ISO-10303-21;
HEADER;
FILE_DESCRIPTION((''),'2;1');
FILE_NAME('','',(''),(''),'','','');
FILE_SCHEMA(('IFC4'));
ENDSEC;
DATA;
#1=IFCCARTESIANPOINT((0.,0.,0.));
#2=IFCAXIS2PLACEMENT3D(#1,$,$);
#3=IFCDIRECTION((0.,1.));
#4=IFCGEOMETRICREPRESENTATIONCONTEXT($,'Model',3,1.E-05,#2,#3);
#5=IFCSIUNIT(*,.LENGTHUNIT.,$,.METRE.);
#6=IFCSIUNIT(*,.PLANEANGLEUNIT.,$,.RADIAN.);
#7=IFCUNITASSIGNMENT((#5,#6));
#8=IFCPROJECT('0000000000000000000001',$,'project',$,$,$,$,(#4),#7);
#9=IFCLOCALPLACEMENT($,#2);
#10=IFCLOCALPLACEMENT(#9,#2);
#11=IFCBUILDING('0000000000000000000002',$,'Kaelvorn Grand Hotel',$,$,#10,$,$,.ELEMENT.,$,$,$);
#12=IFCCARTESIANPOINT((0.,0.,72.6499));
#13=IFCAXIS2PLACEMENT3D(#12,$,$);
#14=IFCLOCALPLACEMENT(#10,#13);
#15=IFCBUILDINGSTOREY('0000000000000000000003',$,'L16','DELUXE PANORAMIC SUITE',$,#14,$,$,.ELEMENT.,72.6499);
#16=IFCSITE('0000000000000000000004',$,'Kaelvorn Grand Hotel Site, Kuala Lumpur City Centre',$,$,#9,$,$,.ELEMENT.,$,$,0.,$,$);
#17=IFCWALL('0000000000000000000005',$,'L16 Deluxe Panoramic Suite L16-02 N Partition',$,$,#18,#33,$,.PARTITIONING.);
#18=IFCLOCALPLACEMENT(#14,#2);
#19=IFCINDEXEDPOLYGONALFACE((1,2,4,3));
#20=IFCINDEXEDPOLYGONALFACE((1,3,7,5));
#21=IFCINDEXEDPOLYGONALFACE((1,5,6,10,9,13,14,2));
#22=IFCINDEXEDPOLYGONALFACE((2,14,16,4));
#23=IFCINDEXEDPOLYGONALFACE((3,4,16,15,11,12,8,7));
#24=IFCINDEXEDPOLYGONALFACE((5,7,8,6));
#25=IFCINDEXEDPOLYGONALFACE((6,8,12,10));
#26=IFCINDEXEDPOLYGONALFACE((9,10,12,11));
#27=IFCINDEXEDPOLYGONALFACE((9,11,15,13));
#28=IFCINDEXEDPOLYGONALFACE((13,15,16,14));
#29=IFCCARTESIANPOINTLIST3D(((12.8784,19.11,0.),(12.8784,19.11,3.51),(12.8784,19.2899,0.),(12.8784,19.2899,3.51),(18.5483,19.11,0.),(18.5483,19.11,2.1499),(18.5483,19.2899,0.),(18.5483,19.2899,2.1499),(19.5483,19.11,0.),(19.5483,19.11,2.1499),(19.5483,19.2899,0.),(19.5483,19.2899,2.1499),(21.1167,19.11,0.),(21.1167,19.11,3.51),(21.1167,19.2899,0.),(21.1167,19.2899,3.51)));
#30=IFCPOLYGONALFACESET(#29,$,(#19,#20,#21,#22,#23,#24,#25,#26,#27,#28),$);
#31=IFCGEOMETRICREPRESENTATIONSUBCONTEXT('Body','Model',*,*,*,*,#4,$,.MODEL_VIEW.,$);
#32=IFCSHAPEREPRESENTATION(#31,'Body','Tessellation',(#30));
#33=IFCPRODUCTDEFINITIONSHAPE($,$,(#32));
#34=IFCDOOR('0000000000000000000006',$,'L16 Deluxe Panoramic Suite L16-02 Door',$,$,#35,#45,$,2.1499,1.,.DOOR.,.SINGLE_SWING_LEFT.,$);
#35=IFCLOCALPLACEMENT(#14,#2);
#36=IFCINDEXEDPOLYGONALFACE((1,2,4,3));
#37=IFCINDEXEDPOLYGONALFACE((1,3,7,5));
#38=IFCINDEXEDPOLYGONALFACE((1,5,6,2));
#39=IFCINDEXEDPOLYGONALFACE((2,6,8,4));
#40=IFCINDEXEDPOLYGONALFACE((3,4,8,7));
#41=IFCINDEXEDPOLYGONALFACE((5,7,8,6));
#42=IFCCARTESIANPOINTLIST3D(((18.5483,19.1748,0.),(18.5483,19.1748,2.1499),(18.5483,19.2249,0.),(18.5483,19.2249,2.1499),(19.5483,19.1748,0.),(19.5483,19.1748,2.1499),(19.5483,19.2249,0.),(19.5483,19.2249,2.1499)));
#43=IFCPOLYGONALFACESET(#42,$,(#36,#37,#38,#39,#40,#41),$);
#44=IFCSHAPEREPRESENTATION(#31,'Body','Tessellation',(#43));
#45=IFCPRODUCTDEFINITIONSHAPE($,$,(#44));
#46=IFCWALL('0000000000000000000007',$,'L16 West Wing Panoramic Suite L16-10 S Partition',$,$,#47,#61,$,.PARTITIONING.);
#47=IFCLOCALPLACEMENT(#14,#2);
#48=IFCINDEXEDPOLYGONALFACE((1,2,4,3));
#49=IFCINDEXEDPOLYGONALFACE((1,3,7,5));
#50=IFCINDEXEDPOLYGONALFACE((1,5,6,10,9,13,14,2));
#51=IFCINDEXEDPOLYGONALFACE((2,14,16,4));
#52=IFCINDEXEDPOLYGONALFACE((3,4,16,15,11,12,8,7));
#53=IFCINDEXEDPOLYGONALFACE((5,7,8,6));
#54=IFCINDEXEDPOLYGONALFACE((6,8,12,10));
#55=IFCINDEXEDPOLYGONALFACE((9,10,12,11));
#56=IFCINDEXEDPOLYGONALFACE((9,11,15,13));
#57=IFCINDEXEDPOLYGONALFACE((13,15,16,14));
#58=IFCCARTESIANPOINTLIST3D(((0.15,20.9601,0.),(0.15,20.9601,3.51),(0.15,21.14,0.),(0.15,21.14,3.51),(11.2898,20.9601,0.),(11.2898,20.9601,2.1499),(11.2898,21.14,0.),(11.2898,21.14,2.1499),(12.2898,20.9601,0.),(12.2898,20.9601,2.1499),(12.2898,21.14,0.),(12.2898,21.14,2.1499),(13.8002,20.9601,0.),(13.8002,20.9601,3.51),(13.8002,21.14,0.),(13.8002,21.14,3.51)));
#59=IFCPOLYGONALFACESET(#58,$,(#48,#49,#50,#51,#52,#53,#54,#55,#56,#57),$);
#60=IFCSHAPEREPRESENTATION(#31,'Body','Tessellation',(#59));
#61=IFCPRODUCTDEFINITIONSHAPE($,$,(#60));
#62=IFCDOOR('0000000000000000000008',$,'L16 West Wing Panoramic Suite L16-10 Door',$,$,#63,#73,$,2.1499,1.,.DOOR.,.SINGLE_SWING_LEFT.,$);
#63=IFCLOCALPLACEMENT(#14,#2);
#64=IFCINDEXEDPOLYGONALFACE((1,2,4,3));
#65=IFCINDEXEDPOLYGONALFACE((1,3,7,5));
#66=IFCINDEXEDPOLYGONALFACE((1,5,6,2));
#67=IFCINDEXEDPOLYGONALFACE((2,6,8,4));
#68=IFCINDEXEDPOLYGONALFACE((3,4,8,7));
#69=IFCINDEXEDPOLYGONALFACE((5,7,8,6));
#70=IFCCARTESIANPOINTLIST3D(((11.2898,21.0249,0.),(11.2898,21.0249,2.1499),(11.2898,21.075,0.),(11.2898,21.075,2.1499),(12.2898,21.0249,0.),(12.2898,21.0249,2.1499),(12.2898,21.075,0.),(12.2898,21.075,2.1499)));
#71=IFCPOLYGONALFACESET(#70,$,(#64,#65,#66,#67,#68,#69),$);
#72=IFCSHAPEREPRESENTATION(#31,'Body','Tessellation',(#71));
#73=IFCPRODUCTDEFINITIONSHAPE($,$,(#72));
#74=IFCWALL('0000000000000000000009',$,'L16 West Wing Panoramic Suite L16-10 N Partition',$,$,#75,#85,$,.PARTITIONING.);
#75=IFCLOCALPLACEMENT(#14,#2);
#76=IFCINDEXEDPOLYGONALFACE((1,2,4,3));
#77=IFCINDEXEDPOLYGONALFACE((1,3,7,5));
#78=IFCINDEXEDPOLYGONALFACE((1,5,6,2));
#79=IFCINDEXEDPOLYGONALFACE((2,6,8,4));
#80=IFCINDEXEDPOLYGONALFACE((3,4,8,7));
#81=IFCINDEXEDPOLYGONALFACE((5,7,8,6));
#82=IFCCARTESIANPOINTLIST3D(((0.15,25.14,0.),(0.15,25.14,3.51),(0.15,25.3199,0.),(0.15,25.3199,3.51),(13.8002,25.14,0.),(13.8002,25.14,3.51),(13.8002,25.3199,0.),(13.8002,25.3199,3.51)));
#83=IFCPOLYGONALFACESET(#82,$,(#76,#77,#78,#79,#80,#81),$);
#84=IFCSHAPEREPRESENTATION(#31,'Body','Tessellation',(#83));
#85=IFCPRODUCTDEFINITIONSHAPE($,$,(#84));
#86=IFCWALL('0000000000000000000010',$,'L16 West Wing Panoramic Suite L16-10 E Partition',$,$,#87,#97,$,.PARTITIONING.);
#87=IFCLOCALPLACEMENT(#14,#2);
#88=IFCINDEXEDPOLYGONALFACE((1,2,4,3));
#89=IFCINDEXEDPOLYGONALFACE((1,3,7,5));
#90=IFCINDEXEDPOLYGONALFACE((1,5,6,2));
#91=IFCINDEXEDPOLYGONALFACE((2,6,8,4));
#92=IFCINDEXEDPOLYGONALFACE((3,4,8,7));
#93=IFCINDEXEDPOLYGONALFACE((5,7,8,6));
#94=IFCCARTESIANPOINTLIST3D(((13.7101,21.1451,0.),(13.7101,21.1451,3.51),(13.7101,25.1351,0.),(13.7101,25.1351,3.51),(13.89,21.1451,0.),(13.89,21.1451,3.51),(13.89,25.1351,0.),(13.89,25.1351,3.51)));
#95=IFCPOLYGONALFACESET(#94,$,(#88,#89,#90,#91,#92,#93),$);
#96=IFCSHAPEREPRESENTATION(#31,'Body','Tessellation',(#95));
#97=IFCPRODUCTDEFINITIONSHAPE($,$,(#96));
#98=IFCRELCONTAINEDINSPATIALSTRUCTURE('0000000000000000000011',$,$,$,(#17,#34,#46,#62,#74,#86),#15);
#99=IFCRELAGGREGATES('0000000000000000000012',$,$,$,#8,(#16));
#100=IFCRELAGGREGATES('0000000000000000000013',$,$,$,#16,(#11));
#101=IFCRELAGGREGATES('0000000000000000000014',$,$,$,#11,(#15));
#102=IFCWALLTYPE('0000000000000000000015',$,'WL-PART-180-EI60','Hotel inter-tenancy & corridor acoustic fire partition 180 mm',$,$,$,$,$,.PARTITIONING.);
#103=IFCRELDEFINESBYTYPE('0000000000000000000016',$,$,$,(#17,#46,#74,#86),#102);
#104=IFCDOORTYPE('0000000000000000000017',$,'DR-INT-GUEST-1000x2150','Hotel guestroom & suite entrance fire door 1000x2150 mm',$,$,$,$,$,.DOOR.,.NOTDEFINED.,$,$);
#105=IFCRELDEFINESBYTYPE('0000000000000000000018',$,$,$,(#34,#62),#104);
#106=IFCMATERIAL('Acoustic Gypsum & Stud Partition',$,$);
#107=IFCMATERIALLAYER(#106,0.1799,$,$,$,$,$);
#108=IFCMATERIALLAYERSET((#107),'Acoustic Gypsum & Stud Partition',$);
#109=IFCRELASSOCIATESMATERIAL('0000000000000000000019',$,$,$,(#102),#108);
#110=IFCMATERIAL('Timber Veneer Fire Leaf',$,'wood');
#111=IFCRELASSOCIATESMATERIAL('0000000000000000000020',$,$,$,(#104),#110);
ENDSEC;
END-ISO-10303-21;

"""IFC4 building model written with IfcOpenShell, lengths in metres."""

from ifc_helpers import new_model, si_unit, direction, frame, frame_2d, origin, place, context, subcontext, project, spatial, rectangle, extrude, material, layer, layer_set, type_object, element, fill, save


model = new_model("IFC4")

# Units and contexts
model_context = context("Model", 3, precision=1e-05, world=origin(), true_north=direction((0.0, 1.0)))
body_context = subcontext(model_context, "Body", "Model", "MODEL_VIEW")
ifc_project = project(units=[si_unit("LENGTHUNIT", "METRE"), si_unit("PLANEANGLEUNIT", "RADIAN")], contexts=[model_context])

# Site, building, storey
site_placement = place(None, origin())
site = spatial("IfcSite", under=ifc_project, at=site_placement, Name="Kaelvorn Grand Hotel Site, Kuala Lumpur City Centre", CompositionType="ELEMENT", RefElevation=0.0)
building_placement = place(site_placement, origin())
building = spatial("IfcBuilding", under=site, at=building_placement, Name="Kaelvorn Grand Hotel", CompositionType="ELEMENT")
storey_placement = place(building_placement, frame((0.0, 0.0, 72.6499)))
storey = spatial("IfcBuildingStorey", under=building, at=storey_placement, Name="L16", Description="DELUXE PANORAMIC SUITE", CompositionType="ELEMENT", Elevation=72.6499)

# Walls, openings, doors
ifc_material_1 = material(Name="Acoustic Gypsum & Stud Partition")
ifc_layer_1 = layer(ifc_material_1, 0.1799)
ifc_layer_set_1 = layer_set([ifc_layer_1], Name="Acoustic Gypsum & Stud Partition")
wall_type_1 = type_object("IfcWallType", Name="WL-PART-180-EI60", Description="Hotel inter-tenancy & corridor acoustic fire partition 180 mm", PredefinedType="PARTITIONING", material=ifc_layer_set_1)
ifc_material_2 = material(Name="Timber Veneer Fire Leaf", Category="wood")
door_type_1 = type_object("IfcDoorType", Name="DR-INT-GUEST-1000x2150", Description="Hotel guestroom & suite entrance fire door 1000x2150 mm", OperationType="NOTDEFINED", PredefinedType="DOOR", material=ifc_material_2)
wall_1_placement = place(storey_placement, frame((12.8784, 19.2, 0.0), z_axis=(0.0, 0.0, 1.0), x_axis=(1.0, 0.0, 0.0)))
wall_1 = element("IfcWall", 1, at=wall_1_placement, inside=storey, type_object=wall_type_1, Name="L16 Deluxe Panoramic Suite L16-02 N Partition", PredefinedType="PARTITIONING", context=body_context, shape_type="SweptSolid", body=[
    extrude(rectangle(XDim=8.2383, YDim=0.1799, at=frame_2d((4.1191, 0.0))), origin(), (0.0, 0.0, 1.0), 3.51),
])
opening_1_placement = place(wall_1_placement, frame((5.6699, 0.0, 0.0)))
opening_1 = element("IfcOpeningElement", 2, at=opening_1_placement, cuts=wall_1, PredefinedType="OPENING", context=body_context, shape_type="SweptSolid", body=[
    extrude(rectangle(XDim=1.0, YDim=2.1499, at=frame_2d((0.5, 1.075))), frame((0.0, 0.1001, 0.0), z_axis=(0.0, -1.0, 0.0), x_axis=(1.0, 0.0, 0.0)), (0.0, 0.0, 1.0), 0.2),
])
door_1_placement = place(opening_1_placement, origin())
door_1 = element("IfcDoor", 3, at=door_1_placement, inside=storey, type_object=door_type_1, Name="L16 Deluxe Panoramic Suite L16-02 Door", OperationType="SINGLE_SWING_LEFT", OverallHeight=2.1499, OverallWidth=1.0, PredefinedType="DOOR", context=body_context, shape_type="SweptSolid", body=[
    extrude(rectangle(XDim=1.0, YDim=2.1499, at=frame_2d((0.5, 1.075))), frame((0.0, 0.0249, 0.0), z_axis=(0.0, -1.0, 0.0), x_axis=(1.0, 0.0, 0.0)), (0.0, 0.0, 1.0), 0.05),
])
fill(opening_1, door_1)
wall_2_placement = place(storey_placement, frame((0.1499, 21.05, 0.0), z_axis=(0.0, 0.0, 1.0), x_axis=(1.0, 0.0, 0.0)))
wall_2 = element("IfcWall", 4, at=wall_2_placement, inside=storey, type_object=wall_type_1, Name="L16 West Wing Panoramic Suite L16-10 S Partition", PredefinedType="PARTITIONING", context=body_context, shape_type="SweptSolid", body=[
    extrude(rectangle(XDim=13.6501, YDim=0.1799, at=frame_2d((6.8252, 0.0))), origin(), (0.0, 0.0, 1.0), 3.51),
])
opening_2_placement = place(wall_2_placement, frame((11.1399, 0.0, 0.0)))
opening_2 = element("IfcOpeningElement", 5, at=opening_2_placement, cuts=wall_2, PredefinedType="OPENING", context=body_context, shape_type="SweptSolid", body=[
    extrude(rectangle(XDim=1.0, YDim=2.1499, at=frame_2d((0.5, 1.075))), frame((0.0, 0.1001, 0.0), z_axis=(0.0, -1.0, 0.0), x_axis=(1.0, 0.0, 0.0)), (0.0, 0.0, 1.0), 0.2),
])
door_2_placement = place(opening_2_placement, origin())
door_2 = element("IfcDoor", 6, at=door_2_placement, inside=storey, type_object=door_type_1, Name="L16 West Wing Panoramic Suite L16-10 Door", OperationType="SINGLE_SWING_LEFT", OverallHeight=2.1499, OverallWidth=1.0, PredefinedType="DOOR", context=body_context, shape_type="SweptSolid", body=[
    extrude(rectangle(XDim=1.0, YDim=2.1499, at=frame_2d((0.5, 1.075))), frame((0.0, 0.0249, 0.0), z_axis=(0.0, -1.0, 0.0), x_axis=(1.0, 0.0, 0.0)), (0.0, 0.0, 1.0), 0.05),
])
fill(opening_2, door_2)

# Walls
wall_3_placement = place(storey_placement, frame((0.1499, 25.23, 0.0), z_axis=(0.0, 0.0, 1.0), x_axis=(1.0, 0.0, 0.0)))
element("IfcWall", 7, at=wall_3_placement, inside=storey, type_object=wall_type_1, Name="L16 West Wing Panoramic Suite L16-10 N Partition", PredefinedType="PARTITIONING", context=body_context, shape_type="SweptSolid", body=[
    extrude(rectangle(XDim=13.6501, YDim=0.1799, at=frame_2d((6.8252, 0.0))), origin(), (0.0, 0.0, 1.0), 3.51),
])
wall_4_placement = place(storey_placement, frame((13.8, 21.145, 0.0), z_axis=(0.0, 0.0, 1.0), x_axis=(0.0, 1.0, 0.0)))
element("IfcWall", 8, at=wall_4_placement, inside=storey, type_object=wall_type_1, Name="L16 West Wing Panoramic Suite L16-10 E Partition", PredefinedType="PARTITIONING", context=body_context, shape_type="SweptSolid", body=[
    extrude(rectangle(XDim=3.99, YDim=0.1799, at=frame_2d((1.9951, 0.0))), origin(), (0.0, 0.0, 1.0), 3.51),
])

save(model, "model.ifc")
